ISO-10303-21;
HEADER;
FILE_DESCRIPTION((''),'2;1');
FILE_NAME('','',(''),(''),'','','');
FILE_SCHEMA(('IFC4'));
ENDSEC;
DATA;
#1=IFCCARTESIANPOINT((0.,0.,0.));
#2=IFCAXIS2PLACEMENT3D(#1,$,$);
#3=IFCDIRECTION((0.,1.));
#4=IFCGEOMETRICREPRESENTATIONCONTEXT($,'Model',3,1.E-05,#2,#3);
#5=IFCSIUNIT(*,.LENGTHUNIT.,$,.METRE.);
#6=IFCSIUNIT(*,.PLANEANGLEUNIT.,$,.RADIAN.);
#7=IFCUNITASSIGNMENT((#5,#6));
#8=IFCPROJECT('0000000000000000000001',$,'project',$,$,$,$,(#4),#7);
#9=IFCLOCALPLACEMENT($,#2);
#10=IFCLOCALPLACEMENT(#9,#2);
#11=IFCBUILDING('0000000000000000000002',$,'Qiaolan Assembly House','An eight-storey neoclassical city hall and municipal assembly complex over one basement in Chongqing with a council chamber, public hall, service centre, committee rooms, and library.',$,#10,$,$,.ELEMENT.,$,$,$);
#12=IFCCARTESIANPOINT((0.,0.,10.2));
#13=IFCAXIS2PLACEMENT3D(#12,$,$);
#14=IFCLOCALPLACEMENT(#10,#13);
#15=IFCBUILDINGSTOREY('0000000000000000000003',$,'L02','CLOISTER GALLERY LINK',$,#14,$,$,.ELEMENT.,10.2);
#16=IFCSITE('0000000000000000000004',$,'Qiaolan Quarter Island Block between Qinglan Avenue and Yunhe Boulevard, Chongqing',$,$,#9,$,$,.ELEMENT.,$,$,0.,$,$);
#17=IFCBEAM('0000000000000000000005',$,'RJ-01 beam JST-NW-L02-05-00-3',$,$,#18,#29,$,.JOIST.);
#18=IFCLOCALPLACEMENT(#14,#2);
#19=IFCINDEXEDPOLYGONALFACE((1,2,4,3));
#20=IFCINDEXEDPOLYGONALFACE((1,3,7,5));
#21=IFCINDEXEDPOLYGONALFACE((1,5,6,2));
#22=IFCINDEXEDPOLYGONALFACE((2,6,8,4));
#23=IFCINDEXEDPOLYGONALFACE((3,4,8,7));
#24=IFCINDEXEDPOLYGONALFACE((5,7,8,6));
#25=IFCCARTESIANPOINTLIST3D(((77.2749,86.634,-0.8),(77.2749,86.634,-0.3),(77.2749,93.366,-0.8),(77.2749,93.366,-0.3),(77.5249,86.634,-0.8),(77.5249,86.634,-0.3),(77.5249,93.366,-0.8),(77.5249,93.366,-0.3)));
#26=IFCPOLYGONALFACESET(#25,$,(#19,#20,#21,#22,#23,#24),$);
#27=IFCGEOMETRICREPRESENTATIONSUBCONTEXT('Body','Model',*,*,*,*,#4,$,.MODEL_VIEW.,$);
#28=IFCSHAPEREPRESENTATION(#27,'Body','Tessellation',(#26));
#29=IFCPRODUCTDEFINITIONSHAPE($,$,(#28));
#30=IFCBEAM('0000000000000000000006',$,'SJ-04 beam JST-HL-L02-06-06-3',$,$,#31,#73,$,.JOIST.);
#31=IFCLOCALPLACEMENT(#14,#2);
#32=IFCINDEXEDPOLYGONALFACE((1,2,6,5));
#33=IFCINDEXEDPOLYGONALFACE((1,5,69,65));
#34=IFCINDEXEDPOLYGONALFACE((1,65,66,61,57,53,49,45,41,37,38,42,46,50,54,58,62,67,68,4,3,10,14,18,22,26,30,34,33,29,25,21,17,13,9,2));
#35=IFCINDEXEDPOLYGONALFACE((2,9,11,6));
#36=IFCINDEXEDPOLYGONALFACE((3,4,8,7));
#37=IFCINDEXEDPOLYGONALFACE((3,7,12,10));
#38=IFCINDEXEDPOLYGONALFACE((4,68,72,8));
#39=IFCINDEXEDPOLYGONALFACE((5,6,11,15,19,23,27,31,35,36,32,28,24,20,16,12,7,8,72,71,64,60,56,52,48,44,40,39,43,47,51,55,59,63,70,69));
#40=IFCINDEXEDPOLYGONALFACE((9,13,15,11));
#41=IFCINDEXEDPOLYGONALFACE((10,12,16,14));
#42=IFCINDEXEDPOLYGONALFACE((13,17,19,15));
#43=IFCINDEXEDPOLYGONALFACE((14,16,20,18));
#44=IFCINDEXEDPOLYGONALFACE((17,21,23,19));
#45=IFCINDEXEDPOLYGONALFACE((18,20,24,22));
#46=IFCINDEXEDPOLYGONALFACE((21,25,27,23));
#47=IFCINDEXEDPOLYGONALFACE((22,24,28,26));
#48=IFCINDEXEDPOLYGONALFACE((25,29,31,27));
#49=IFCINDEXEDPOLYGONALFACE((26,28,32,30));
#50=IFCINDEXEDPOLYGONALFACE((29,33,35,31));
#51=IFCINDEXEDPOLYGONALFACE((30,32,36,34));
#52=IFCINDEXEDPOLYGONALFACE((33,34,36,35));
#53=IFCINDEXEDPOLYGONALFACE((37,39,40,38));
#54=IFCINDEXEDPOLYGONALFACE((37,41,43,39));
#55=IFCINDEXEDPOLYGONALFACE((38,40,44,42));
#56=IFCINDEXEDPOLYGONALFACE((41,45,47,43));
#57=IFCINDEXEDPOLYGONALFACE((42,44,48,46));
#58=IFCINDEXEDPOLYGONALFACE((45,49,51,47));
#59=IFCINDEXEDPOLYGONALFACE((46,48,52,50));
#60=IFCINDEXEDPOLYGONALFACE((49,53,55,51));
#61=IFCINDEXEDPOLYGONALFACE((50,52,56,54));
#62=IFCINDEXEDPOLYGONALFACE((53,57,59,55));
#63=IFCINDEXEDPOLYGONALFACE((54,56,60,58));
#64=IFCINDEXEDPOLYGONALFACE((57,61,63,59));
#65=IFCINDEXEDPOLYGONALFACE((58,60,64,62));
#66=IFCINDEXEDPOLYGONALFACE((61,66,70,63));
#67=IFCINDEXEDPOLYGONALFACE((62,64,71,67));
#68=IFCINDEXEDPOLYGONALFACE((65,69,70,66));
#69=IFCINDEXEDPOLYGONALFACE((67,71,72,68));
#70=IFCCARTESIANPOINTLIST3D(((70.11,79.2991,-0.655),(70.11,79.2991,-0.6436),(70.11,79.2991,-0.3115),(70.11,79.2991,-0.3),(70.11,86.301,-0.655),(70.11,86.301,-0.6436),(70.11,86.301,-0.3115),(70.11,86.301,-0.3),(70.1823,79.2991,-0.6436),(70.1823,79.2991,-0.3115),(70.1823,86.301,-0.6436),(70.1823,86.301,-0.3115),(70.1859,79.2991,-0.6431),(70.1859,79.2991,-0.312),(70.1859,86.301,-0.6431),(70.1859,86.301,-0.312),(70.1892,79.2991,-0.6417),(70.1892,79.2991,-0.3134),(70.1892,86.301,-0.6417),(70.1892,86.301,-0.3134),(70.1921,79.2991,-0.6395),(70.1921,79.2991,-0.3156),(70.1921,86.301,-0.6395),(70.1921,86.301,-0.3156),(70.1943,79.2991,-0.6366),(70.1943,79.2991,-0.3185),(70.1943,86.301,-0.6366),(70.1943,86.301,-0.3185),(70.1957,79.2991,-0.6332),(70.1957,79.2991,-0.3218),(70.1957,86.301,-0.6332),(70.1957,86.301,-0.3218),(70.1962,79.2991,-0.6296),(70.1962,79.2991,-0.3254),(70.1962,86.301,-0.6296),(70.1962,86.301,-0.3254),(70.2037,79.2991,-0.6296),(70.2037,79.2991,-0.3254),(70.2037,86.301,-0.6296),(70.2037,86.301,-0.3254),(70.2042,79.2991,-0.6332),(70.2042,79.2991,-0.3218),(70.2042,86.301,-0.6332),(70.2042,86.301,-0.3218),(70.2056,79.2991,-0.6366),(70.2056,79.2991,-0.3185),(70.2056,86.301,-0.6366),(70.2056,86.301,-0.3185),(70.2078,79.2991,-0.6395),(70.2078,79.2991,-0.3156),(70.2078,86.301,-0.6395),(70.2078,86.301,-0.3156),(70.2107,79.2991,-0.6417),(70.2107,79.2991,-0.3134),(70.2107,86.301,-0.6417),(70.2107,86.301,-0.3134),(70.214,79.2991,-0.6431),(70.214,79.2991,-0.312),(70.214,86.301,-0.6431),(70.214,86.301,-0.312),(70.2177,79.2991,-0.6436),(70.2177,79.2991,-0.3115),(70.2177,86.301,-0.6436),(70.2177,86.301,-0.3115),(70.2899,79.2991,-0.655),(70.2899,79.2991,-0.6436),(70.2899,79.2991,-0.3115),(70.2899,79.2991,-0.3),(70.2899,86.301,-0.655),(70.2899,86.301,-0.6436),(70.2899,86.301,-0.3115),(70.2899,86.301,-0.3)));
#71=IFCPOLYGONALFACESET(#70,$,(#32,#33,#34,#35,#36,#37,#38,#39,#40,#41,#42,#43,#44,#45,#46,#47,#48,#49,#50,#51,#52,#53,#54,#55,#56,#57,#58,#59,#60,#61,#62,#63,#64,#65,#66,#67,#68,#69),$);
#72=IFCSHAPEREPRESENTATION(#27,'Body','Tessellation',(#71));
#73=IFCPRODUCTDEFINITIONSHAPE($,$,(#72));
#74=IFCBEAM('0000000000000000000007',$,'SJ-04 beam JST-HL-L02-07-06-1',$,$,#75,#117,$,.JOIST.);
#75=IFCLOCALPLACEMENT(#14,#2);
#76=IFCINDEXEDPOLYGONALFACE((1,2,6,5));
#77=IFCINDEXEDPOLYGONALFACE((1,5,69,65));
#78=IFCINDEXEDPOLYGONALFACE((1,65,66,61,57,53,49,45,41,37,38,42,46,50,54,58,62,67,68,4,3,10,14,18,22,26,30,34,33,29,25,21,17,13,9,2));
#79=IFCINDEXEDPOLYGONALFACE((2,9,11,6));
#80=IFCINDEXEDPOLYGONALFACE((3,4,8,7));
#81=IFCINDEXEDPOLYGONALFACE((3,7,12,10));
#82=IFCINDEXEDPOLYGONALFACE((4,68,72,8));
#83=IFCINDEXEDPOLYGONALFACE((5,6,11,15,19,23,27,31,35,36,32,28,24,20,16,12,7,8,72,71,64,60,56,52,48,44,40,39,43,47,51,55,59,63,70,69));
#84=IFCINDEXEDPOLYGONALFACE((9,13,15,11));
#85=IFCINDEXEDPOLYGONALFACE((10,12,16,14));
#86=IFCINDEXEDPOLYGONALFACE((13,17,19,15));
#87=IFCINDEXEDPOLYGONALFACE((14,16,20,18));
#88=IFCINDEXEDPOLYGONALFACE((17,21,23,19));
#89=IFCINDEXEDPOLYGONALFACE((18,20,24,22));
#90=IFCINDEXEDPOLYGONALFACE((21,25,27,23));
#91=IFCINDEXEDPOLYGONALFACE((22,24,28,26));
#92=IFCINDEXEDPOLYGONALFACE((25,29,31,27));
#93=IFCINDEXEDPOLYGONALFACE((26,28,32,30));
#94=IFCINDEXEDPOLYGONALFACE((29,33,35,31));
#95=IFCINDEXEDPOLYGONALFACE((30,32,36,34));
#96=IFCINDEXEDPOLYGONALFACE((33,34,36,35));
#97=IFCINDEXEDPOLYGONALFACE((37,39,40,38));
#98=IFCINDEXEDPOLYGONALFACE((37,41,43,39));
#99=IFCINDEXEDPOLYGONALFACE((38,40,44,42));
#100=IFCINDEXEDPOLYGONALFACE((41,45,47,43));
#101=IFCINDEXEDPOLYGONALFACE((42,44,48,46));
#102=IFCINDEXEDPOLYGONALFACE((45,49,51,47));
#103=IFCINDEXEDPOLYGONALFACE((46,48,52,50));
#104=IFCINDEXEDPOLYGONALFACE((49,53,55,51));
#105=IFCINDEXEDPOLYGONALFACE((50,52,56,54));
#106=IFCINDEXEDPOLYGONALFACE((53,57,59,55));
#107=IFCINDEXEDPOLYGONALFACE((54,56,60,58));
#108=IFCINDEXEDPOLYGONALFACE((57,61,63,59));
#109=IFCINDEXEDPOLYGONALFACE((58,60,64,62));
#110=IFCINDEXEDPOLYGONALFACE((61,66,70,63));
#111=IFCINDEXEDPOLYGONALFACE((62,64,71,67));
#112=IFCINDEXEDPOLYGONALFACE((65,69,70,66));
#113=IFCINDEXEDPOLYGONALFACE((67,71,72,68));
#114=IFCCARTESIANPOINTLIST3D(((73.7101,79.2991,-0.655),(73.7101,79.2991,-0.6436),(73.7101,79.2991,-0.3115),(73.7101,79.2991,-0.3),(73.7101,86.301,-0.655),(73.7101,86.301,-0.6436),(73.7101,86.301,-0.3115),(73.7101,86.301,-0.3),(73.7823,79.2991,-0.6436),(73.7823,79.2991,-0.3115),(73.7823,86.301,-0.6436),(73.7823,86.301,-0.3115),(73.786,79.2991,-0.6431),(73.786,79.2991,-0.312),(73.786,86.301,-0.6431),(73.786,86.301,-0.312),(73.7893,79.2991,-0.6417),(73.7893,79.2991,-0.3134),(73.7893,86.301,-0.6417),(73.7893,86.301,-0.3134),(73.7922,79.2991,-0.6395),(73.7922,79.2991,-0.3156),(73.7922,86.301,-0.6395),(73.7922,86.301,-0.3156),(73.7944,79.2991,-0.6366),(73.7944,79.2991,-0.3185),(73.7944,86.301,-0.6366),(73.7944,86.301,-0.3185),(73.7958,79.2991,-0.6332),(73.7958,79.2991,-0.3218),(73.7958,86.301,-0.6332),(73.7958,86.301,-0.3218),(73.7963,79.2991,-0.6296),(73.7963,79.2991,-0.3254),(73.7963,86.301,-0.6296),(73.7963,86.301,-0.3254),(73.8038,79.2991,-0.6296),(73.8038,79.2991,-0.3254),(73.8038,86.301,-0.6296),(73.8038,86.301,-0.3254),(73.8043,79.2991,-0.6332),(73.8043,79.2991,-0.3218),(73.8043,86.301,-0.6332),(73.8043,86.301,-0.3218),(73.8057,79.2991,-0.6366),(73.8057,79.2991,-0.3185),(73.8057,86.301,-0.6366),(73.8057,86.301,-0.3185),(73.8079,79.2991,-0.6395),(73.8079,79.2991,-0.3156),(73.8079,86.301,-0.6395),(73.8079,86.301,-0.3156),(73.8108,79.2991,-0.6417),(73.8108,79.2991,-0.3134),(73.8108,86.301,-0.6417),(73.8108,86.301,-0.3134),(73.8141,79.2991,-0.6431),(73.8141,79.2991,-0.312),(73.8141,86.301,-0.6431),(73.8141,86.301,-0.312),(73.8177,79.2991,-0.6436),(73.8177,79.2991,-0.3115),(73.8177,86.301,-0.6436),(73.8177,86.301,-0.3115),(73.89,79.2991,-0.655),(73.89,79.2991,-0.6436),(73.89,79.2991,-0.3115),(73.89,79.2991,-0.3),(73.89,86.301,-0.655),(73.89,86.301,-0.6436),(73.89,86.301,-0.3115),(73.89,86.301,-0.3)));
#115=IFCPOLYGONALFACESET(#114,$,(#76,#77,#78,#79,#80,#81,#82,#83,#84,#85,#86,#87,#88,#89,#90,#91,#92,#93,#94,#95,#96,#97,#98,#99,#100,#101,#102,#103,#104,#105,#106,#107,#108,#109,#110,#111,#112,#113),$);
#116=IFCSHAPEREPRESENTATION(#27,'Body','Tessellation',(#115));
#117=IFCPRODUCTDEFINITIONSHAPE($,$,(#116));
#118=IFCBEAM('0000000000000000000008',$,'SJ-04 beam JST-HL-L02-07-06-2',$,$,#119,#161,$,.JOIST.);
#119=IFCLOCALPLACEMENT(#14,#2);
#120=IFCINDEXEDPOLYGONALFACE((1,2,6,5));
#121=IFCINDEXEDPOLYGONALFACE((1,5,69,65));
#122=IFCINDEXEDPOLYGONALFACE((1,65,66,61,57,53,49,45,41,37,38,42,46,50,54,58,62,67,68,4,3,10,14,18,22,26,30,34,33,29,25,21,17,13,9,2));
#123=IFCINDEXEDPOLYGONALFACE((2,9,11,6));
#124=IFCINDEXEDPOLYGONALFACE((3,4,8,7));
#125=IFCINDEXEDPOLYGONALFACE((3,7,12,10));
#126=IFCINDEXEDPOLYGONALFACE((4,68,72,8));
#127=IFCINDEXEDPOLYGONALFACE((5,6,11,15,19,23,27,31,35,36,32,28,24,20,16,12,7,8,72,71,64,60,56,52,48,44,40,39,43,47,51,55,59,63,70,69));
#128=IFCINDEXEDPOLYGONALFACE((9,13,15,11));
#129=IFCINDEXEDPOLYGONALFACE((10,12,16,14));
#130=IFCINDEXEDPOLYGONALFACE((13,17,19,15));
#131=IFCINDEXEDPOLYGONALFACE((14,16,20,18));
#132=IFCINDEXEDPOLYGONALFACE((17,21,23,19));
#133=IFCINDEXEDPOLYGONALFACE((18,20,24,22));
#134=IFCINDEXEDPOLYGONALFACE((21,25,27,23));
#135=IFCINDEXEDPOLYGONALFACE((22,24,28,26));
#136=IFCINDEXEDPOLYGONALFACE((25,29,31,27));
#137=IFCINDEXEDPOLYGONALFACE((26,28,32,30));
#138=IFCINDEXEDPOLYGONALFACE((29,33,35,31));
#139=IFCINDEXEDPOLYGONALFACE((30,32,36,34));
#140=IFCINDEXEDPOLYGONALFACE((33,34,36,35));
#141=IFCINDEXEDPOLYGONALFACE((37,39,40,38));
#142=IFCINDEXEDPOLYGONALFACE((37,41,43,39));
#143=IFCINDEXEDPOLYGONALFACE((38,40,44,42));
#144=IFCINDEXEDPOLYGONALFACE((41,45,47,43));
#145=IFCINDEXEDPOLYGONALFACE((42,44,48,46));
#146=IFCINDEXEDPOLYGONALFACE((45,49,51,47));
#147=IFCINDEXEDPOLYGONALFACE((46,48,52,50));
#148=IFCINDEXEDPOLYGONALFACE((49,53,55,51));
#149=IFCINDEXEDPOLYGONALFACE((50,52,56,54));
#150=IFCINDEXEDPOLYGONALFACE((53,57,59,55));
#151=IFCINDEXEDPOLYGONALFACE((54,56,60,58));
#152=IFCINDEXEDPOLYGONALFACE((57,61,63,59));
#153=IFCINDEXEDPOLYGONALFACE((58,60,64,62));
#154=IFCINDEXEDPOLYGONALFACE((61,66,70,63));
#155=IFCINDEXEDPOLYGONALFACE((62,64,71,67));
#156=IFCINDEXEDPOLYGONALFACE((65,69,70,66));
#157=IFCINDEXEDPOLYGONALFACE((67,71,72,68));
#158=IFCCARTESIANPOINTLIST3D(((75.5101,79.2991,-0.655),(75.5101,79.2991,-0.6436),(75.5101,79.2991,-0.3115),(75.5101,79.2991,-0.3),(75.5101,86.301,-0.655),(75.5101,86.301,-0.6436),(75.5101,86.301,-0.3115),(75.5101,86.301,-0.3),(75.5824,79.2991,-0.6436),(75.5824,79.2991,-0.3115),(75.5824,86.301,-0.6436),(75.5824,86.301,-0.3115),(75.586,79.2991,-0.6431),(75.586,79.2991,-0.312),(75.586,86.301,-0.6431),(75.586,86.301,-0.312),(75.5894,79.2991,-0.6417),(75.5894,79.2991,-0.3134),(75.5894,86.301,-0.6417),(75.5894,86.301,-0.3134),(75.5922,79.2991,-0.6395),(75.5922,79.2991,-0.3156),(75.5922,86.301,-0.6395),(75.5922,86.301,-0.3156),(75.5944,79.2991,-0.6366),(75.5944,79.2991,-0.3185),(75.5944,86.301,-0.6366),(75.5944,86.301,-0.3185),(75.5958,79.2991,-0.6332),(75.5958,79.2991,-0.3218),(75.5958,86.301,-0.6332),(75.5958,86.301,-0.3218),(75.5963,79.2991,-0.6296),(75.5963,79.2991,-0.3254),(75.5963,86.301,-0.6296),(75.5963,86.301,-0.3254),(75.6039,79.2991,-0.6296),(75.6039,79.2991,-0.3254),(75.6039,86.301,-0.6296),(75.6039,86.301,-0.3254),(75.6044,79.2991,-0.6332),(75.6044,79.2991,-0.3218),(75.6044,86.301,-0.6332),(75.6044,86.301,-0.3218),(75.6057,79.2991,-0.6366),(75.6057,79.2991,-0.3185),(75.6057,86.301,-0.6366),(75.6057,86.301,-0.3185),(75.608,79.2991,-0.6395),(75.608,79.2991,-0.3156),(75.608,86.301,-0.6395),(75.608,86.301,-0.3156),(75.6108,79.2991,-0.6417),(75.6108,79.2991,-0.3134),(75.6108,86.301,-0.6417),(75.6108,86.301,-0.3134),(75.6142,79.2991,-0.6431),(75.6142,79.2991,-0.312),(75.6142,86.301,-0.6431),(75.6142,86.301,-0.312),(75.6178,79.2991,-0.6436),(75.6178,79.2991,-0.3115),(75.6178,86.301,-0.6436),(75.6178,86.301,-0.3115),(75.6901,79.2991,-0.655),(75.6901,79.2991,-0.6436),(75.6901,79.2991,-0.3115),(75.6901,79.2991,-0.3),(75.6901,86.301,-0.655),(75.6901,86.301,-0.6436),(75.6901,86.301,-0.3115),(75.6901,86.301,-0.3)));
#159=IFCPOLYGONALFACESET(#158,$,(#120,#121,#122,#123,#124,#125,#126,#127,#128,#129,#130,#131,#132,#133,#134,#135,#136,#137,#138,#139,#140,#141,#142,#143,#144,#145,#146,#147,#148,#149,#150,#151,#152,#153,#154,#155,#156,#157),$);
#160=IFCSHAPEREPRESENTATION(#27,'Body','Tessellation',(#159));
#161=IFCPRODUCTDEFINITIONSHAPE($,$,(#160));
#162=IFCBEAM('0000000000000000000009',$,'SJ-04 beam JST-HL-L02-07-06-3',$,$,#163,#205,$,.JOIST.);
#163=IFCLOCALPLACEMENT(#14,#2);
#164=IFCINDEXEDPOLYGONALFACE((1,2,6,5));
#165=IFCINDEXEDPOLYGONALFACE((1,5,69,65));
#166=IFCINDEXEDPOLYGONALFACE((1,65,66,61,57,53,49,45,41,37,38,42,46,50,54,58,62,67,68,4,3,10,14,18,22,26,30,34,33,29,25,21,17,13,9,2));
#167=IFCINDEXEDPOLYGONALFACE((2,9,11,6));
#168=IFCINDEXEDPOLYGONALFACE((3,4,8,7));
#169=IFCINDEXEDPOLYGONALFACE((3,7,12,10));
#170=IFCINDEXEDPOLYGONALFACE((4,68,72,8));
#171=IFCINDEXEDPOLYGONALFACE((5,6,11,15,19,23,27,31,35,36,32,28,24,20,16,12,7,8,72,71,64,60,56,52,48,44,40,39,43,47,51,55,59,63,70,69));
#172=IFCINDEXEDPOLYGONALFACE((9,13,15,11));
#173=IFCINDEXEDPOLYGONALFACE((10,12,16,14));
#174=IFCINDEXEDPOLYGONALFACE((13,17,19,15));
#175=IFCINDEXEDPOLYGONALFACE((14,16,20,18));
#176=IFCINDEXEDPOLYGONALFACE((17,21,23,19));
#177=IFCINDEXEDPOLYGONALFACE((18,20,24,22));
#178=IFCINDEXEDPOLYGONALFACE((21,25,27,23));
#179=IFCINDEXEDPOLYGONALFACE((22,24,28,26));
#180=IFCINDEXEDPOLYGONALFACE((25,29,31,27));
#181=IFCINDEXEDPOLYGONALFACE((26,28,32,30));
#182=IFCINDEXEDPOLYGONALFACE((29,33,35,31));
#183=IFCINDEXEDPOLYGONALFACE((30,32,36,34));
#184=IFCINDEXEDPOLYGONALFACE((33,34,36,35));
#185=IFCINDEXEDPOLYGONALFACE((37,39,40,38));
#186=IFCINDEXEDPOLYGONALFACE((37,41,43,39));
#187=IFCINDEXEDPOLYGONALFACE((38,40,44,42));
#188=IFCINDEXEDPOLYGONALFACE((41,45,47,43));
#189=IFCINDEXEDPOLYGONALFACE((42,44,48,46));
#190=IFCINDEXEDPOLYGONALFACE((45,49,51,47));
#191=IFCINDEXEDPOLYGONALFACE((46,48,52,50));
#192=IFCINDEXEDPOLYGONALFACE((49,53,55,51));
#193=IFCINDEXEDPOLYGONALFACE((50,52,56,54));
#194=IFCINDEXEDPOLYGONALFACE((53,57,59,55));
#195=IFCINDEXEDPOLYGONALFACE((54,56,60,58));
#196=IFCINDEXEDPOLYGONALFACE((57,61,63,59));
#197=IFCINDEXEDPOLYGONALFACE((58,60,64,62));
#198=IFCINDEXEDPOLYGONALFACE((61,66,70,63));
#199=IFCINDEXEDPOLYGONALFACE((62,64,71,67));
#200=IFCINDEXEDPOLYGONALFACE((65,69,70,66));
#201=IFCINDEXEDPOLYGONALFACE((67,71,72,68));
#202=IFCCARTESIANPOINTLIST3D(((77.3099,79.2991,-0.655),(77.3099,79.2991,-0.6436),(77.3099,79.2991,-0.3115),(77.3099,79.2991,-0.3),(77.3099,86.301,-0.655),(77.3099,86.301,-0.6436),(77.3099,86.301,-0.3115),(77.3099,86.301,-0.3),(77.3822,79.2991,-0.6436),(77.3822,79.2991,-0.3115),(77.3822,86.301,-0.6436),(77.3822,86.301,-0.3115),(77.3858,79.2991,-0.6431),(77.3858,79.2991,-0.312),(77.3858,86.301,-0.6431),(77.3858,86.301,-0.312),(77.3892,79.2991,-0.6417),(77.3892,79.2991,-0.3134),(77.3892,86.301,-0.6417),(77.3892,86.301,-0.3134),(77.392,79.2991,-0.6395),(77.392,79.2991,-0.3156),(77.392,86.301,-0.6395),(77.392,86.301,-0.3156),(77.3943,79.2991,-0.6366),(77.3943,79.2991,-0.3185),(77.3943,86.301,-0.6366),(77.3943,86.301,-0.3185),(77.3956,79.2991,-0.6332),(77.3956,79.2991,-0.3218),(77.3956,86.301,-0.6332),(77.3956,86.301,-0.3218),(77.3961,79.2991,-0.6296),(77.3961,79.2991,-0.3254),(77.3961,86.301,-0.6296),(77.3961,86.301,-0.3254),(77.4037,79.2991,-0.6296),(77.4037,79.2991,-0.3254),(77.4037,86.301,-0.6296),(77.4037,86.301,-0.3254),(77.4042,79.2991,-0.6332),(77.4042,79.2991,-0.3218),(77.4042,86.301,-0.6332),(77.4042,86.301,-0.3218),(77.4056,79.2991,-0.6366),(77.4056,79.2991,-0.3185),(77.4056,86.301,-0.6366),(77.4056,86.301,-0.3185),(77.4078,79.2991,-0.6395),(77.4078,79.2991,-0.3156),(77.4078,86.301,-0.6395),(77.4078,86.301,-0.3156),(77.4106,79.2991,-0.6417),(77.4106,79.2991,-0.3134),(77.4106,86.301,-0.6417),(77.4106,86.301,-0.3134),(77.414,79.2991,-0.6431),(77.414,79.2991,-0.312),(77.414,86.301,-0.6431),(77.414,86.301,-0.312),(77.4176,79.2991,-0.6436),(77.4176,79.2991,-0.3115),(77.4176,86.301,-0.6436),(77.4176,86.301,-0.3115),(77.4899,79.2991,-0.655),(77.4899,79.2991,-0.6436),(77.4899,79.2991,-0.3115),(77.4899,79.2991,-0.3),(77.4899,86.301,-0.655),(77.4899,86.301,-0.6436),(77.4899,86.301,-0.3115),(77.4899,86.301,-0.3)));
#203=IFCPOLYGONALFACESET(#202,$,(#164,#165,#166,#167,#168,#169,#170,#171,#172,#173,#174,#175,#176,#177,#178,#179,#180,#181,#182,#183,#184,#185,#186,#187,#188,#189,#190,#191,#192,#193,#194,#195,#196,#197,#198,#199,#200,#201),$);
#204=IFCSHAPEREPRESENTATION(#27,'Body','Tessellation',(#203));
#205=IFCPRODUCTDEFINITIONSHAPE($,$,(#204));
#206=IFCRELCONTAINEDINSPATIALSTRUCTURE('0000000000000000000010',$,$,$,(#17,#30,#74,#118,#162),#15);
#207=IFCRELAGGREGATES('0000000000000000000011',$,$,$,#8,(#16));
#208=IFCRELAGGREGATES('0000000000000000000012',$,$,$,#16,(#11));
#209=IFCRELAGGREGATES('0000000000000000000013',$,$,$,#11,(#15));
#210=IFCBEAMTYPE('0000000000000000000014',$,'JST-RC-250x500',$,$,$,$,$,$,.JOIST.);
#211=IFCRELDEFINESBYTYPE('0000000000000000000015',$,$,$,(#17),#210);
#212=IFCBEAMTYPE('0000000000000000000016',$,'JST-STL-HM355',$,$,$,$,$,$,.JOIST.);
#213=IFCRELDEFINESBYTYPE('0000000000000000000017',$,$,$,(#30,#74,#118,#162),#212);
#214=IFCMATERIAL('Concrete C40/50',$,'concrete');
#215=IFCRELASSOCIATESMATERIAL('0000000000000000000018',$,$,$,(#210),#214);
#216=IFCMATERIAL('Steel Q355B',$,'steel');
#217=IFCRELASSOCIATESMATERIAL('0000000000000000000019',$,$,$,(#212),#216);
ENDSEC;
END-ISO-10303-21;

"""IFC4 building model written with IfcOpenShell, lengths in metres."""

from ifc_helpers import new_model, si_unit, direction, frame, origin, origin_2d, place, context, subcontext, project, spatial, rectangle, i_section, extrude, material, material_profile, profile_set, type_object, element, save


model = new_model("IFC4")

# Units and contexts
model_context = context("Model", 3, precision=1e-05, world=origin(), true_north=direction((0.0, 1.0)))
body_context = subcontext(model_context, "Body", "Model", "MODEL_VIEW")
ifc_project = project(units=[si_unit("LENGTHUNIT", "METRE"), si_unit("PLANEANGLEUNIT", "RADIAN")], contexts=[model_context])

# Site, building, storey
site_placement = place(None, origin())
site = spatial("IfcSite", under=ifc_project, at=site_placement, Name="Qiaolan Quarter Island Block between Qinglan Avenue and Yunhe Boulevard, Chongqing", CompositionType="ELEMENT", RefElevation=0.0)
building_placement = place(site_placement, origin())
building = spatial("IfcBuilding", under=site, at=building_placement, Name="Qiaolan Assembly House", Description="An eight-storey neoclassical city hall and municipal assembly complex over one basement in Chongqing with a council chamber, public hall, service centre, committee rooms, and library.", CompositionType="ELEMENT")
storey_placement = place(building_placement, frame((0.0, 0.0, 10.2)))
storey = spatial("IfcBuildingStorey", under=building, at=storey_placement, Name="L02", Description="CLOISTER GALLERY LINK", CompositionType="ELEMENT", Elevation=10.2)

# Shared definitions
ifc_material_1 = material(Name="Steel Q355B", Category="steel")

# Beams
ifc_material_2 = material(Name="Concrete C40/50", Category="concrete")
ifc_material_profile_1 = material_profile(ifc_material_2, rectangle(XDim=0.25, YDim=0.5, at=origin_2d()), Name="RCB 250x500")
ifc_profile_set_1 = profile_set([ifc_material_profile_1], Name="Concrete C40/50")
beam_type_1 = type_object("IfcBeamType", Name="JST-RC-250x500", PredefinedType="JOIST", material=ifc_profile_set_1)
for number, where, z_axis, x_axis, name in (
    (1, (77.3999, 86.634, -0.55), (0.0, 1.0, 0.0), (-1.0, 0.0, 0.0), "RJ-01 beam JST-NW-L02-05-00-3"),
):
    element("IfcBeam", number, at=place(storey_placement, frame(where, z_axis=z_axis, x_axis=x_axis)), inside=storey, type_object=beam_type_1, Name=name, PredefinedType="JOIST", context=body_context, shape_type="SweptSolid", body=[
        extrude(rectangle(XDim=0.25, YDim=0.5, at=origin_2d()), origin(), (0.0, 0.0, 1.0), 6.7319),
    ])
ifc_material_profile_2 = material_profile(ifc_material_1, i_section(OverallWidth=0.1799, OverallDepth=0.355, WebThickness=0.0076, FlangeThickness=0.0115, FilletRadius=0.0139, at=origin_2d()), Name="HM 355x180x7.5x11.5")
ifc_profile_set_2 = profile_set([ifc_material_profile_2], Name="Steel Q355B")
beam_type_2 = type_object("IfcBeamType", Name="JST-STL-HM355", PredefinedType="JOIST", material=ifc_profile_set_2)
for number, where, z_axis, x_axis, name in (
    (2, (70.2, 79.2991, -0.4775), (0.0, 1.0, 0.0), (-1.0, 0.0, 0.0), "SJ-04 beam JST-HL-L02-06-06-3"),
    (3, (73.8, 79.2991, -0.4775), (0.0, 1.0, 0.0), (-1.0, 0.0, 0.0), "SJ-04 beam JST-HL-L02-07-06-1"),
    (4, (75.6001, 79.2991, -0.4775), (0.0, 1.0, 0.0), (-1.0, 0.0, 0.0), "SJ-04 beam JST-HL-L02-07-06-2"),
    (5, (77.3999, 79.2991, -0.4775), (0.0, 1.0, 0.0), (-1.0, 0.0, 0.0), "SJ-04 beam JST-HL-L02-07-06-3"),
):
    element("IfcBeam", number, at=place(storey_placement, frame(where, z_axis=z_axis, x_axis=x_axis)), inside=storey, type_object=beam_type_2, Name=name, PredefinedType="JOIST", context=body_context, shape_type="SweptSolid", body=[
        extrude(i_section(OverallWidth=0.1799, OverallDepth=0.355, WebThickness=0.0076, FlangeThickness=0.0115, FilletRadius=0.0139, at=origin_2d()), origin(), (0.0, 0.0, 1.0), 7.002),
    ])

save(model, "model.ifc")
